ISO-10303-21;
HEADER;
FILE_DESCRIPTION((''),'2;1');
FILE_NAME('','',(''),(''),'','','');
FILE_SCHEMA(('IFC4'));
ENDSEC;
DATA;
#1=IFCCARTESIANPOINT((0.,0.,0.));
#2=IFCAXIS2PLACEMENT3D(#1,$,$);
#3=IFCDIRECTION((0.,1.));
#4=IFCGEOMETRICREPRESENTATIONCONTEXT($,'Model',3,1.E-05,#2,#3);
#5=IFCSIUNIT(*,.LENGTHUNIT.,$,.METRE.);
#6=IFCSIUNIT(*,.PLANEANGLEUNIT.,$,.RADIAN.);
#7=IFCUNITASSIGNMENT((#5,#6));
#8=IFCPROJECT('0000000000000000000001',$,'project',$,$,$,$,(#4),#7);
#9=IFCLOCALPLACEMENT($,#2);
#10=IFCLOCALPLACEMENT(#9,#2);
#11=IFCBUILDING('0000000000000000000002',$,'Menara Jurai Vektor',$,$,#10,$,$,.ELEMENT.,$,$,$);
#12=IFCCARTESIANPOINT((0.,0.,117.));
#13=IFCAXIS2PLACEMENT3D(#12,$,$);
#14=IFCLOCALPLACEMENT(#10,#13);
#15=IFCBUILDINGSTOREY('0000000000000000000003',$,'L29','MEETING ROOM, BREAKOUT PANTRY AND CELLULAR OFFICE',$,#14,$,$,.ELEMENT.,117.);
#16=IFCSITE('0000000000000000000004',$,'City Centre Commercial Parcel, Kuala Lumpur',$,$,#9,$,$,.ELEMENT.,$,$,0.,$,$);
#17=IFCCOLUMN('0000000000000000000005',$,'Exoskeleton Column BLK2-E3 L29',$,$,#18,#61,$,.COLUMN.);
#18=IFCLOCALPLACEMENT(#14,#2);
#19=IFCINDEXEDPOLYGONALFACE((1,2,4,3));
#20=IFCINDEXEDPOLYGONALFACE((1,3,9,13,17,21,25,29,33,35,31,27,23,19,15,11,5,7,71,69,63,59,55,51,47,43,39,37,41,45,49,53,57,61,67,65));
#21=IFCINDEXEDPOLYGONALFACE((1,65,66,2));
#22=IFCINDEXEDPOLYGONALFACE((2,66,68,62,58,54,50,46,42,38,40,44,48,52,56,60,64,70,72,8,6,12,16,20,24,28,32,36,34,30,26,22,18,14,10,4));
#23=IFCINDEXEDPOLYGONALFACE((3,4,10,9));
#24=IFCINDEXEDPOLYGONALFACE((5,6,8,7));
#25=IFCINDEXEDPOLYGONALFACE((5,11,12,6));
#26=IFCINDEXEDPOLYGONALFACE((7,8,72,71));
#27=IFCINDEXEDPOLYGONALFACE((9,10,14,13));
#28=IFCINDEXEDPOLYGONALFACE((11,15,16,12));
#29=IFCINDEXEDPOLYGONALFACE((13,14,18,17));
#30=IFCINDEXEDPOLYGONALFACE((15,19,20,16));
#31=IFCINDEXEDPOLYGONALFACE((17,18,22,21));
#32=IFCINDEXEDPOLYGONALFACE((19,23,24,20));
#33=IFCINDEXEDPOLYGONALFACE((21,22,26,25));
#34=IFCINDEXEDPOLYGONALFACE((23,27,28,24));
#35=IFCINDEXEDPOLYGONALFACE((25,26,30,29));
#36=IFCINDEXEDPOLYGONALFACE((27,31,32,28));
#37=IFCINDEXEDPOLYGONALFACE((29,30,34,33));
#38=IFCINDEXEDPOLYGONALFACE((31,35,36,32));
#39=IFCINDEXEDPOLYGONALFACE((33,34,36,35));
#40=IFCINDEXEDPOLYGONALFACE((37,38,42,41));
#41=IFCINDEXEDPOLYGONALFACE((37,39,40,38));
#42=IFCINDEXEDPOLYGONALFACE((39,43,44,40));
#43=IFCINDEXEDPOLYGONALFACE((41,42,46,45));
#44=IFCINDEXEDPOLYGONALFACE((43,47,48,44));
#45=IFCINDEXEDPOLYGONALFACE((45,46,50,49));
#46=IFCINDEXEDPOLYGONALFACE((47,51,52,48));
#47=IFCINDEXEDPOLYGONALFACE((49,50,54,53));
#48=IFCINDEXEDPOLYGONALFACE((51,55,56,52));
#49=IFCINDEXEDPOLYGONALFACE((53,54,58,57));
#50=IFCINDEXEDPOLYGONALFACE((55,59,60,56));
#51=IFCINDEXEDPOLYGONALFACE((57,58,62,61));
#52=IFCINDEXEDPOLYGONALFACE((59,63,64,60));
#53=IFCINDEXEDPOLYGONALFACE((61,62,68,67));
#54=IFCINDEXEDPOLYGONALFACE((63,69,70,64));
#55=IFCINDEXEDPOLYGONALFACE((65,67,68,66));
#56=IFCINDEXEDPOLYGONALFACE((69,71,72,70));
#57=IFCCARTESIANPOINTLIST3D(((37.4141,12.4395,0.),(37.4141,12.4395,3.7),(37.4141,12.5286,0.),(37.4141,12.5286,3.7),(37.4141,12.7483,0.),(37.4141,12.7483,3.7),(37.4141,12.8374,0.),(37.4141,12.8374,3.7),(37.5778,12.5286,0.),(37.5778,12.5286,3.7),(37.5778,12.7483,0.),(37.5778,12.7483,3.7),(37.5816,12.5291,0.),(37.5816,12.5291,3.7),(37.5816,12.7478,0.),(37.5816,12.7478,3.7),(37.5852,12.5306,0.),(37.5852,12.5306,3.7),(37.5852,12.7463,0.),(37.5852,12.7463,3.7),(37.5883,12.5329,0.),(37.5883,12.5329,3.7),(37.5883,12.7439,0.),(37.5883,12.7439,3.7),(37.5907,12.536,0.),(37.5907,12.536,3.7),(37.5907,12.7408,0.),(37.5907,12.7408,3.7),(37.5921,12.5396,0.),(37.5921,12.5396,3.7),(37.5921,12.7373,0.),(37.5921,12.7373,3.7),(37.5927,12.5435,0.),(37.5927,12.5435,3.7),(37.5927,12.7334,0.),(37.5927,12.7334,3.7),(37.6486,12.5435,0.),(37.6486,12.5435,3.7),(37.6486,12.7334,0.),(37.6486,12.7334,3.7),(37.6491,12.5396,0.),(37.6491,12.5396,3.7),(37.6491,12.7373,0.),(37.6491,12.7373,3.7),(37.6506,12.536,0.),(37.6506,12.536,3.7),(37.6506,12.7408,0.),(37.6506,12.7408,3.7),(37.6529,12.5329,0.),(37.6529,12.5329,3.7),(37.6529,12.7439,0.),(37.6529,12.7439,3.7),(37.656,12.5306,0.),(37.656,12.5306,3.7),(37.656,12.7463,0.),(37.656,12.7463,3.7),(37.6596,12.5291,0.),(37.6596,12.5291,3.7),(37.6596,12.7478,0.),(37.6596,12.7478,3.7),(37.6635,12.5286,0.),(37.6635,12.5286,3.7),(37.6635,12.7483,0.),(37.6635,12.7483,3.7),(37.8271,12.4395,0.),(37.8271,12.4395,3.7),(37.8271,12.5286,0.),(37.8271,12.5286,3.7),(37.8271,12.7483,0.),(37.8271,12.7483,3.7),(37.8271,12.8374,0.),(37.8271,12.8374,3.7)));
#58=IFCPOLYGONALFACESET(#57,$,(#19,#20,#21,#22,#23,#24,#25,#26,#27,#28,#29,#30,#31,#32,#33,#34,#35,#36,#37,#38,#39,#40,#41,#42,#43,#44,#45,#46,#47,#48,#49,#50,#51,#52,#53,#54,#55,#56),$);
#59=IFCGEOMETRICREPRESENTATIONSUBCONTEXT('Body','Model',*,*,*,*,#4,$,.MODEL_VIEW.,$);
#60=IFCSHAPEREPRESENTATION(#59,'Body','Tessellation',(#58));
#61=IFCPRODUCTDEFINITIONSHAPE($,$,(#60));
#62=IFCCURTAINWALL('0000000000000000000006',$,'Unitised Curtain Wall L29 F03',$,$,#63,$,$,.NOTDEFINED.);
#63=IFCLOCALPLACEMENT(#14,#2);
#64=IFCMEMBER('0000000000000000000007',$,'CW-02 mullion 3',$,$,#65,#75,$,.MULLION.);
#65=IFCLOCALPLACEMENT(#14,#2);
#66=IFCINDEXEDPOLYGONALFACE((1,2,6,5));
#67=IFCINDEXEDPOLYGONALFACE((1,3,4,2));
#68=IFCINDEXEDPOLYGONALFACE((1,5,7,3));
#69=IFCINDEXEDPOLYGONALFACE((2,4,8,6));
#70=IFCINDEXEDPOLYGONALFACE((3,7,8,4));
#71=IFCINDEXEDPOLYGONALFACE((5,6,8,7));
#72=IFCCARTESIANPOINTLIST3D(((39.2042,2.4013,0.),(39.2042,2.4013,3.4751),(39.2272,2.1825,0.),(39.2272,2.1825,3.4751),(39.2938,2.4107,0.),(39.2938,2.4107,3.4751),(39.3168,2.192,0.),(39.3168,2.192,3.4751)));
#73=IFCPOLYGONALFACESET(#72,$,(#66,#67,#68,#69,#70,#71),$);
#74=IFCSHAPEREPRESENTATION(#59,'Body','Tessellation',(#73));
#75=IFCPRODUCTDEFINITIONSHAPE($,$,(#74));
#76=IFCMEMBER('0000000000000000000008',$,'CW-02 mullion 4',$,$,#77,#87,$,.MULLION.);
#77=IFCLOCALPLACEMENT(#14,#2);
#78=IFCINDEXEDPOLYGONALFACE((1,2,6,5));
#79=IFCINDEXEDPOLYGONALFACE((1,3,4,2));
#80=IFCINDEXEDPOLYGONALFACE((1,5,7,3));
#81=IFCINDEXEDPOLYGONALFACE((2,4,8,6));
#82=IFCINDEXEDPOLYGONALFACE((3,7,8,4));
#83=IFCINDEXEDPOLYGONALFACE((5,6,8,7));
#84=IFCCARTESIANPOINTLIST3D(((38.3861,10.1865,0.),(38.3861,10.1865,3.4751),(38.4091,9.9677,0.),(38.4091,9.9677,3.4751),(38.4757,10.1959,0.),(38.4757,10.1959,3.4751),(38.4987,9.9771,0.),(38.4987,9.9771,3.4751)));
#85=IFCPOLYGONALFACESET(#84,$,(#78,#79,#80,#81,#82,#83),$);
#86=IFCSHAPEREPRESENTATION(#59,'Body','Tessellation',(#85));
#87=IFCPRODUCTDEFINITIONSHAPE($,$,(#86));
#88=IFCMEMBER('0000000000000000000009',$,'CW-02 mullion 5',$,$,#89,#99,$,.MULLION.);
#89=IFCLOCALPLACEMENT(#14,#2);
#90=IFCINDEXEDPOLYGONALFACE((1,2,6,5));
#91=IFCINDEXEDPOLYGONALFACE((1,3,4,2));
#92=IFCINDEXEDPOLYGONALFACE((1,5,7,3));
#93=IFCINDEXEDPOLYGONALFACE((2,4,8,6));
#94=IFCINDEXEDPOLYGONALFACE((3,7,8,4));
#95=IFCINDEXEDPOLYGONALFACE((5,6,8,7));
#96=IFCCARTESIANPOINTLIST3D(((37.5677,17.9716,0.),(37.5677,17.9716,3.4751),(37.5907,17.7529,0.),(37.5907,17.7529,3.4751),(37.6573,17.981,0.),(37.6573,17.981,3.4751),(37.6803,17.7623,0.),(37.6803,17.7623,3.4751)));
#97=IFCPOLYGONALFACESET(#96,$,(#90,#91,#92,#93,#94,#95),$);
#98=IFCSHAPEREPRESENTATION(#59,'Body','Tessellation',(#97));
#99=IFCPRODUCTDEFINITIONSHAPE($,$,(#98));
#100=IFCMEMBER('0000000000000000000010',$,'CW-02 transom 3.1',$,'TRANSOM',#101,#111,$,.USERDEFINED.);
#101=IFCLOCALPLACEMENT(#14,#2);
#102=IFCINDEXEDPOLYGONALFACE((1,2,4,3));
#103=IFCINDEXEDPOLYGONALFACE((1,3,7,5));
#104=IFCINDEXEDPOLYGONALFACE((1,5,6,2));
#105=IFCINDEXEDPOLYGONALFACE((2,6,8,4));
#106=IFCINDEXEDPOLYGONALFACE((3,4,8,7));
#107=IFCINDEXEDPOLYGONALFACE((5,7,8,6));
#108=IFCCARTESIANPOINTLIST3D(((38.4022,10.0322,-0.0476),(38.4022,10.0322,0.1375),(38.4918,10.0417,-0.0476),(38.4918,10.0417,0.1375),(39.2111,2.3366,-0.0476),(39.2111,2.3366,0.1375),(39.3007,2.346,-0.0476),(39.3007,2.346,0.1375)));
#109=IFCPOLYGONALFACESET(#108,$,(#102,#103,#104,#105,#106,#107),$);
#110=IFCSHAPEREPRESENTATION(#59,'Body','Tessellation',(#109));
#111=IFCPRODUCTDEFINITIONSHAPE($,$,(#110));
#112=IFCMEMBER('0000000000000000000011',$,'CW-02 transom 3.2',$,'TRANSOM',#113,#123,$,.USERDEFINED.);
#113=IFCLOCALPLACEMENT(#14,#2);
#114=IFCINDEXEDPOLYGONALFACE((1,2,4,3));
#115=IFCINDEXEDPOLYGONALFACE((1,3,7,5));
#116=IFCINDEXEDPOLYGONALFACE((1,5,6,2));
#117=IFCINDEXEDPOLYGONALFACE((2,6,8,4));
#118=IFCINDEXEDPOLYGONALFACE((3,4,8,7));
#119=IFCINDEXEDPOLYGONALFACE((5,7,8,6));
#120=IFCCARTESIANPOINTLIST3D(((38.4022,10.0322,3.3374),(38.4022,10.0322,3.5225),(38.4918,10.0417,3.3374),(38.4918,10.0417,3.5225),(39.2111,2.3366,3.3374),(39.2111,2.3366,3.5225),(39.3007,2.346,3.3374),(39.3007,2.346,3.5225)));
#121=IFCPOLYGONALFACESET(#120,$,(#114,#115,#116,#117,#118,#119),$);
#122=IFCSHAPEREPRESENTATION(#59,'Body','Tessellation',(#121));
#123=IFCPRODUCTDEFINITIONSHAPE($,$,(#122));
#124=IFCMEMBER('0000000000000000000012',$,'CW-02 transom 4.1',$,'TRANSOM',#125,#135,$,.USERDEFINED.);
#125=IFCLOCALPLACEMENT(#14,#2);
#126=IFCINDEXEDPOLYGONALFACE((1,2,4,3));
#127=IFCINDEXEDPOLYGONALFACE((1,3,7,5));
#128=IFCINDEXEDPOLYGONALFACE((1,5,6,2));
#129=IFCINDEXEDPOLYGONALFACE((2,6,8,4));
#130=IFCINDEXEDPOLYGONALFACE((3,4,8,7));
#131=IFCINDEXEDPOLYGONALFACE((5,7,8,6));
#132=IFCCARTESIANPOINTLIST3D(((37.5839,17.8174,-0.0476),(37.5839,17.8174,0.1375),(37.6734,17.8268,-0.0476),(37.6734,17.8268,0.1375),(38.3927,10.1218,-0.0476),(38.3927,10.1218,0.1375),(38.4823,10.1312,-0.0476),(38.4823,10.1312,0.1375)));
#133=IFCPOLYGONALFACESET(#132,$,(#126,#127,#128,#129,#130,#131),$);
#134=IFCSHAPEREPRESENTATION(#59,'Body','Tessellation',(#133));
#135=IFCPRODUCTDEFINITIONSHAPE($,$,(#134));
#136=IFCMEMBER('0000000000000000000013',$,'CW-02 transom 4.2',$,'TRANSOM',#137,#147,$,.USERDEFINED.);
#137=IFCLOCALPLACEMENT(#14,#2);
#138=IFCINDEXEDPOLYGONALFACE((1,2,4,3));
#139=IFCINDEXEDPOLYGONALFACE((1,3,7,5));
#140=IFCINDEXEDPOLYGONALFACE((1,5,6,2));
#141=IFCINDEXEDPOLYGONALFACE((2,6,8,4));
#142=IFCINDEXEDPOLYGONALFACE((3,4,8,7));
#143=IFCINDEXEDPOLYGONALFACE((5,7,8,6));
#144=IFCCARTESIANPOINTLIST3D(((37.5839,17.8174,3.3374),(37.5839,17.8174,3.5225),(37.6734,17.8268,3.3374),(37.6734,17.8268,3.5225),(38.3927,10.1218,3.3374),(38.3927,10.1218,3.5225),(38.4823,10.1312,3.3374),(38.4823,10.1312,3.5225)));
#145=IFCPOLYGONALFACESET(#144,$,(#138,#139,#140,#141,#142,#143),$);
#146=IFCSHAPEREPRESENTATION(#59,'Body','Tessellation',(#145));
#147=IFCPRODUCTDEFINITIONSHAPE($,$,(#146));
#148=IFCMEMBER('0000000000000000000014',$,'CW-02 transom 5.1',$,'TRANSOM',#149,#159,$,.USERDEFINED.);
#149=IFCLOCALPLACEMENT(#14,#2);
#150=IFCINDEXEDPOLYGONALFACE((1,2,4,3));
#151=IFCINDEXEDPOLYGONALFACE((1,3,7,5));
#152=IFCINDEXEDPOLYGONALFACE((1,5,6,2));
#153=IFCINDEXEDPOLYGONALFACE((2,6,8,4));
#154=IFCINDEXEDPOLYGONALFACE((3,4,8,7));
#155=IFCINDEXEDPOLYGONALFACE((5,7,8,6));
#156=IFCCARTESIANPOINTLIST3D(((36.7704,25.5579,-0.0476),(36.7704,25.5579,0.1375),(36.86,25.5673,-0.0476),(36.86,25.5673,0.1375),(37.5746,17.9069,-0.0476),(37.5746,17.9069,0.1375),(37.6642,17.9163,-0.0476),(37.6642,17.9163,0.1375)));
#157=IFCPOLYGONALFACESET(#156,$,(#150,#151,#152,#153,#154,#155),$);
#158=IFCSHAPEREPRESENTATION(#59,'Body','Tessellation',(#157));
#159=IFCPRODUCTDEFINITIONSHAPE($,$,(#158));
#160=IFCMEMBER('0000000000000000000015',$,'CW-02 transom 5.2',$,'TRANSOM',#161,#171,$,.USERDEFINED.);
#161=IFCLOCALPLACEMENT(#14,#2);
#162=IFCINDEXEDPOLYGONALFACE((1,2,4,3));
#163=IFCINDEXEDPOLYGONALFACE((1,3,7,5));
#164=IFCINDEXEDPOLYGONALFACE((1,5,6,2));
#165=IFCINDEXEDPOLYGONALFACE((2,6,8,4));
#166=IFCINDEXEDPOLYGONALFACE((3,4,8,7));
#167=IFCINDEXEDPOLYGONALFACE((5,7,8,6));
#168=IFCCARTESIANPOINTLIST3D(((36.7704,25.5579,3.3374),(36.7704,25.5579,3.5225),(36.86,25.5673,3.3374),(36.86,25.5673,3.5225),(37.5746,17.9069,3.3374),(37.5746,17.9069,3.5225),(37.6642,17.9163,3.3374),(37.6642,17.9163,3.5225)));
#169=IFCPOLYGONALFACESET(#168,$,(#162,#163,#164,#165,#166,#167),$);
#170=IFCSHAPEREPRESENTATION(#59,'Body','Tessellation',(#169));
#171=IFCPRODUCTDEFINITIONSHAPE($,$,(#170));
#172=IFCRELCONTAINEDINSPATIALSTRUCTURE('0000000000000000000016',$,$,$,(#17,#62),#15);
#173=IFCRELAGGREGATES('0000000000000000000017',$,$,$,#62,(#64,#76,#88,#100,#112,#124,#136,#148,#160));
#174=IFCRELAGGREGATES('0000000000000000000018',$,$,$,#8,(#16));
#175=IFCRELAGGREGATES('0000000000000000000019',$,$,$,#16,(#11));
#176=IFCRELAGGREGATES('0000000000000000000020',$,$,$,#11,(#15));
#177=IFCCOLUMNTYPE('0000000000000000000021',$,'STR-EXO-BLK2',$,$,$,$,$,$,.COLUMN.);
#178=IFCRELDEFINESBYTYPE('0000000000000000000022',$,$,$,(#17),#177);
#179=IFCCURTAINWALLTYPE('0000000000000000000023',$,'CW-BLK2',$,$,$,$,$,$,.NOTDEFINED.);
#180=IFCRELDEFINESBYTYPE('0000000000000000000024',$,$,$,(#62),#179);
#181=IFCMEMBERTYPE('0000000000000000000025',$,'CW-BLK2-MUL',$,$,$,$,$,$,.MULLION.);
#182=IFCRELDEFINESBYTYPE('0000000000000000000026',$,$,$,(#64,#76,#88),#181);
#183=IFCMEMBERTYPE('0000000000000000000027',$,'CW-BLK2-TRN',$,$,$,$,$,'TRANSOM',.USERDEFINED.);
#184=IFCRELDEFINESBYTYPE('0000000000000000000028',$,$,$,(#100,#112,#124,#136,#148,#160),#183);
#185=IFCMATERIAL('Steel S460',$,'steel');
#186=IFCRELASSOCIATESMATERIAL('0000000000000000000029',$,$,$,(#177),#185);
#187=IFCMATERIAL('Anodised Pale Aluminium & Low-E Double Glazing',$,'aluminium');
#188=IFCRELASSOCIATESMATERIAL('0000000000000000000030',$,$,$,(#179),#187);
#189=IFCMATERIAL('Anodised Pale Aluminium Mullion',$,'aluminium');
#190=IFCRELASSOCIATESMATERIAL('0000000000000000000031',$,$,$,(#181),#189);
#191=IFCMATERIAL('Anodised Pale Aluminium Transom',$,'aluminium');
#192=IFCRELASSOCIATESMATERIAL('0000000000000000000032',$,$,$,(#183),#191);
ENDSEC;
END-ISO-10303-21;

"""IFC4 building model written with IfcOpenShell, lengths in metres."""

from ifc_helpers import new_model, si_unit, direction, frame, origin, origin_2d, place, context, subcontext, project, spatial, rectangle, i_section, extrude, material, material_profile, profile_set, type_object, element, aggregate, save


model = new_model("IFC4")

# Units and contexts
model_context = context("Model", 3, precision=1e-05, world=origin(), true_north=direction((0.0, 1.0)))
body_context = subcontext(model_context, "Body", "Model", "MODEL_VIEW")
ifc_project = project(units=[si_unit("LENGTHUNIT", "METRE"), si_unit("PLANEANGLEUNIT", "RADIAN")], contexts=[model_context])

# Site, building, storey
site_placement = place(None, origin())
site = spatial("IfcSite", under=ifc_project, at=site_placement, Name="City Centre Commercial Parcel, Kuala Lumpur", CompositionType="ELEMENT", RefElevation=0.0)
building_placement = place(site_placement, origin())
building = spatial("IfcBuilding", under=site, at=building_placement, Name="Menara Jurai Vektor", CompositionType="ELEMENT")
storey_placement = place(building_placement, frame((0.0, 0.0, 117.0)))
storey = spatial("IfcBuildingStorey", under=building, at=storey_placement, Name="L29", Description="MEETING ROOM, BREAKOUT PANTRY AND CELLULAR OFFICE", CompositionType="ELEMENT", Elevation=117.0)

# Column
ifc_material_1 = material(Name="Steel S460", Category="steel")
ifc_material_profile_1 = material_profile(ifc_material_1, i_section(OverallWidth=0.4131, OverallDepth=0.3979, WebThickness=0.0559, FlangeThickness=0.0891, FilletRadius=0.0149, at=origin_2d()), Name="HD 400x744")
ifc_profile_set_1 = profile_set([ifc_material_profile_1], Name="Steel S460")
column_type = type_object("IfcColumnType", Name="STR-EXO-BLK2", PredefinedType="COLUMN", material=ifc_profile_set_1)
column_placement = place(storey_placement, frame((37.6206, 12.6384, 0.0), z_axis=(0.0, 0.0, 1.0), x_axis=(1.0, 0.0, 0.0)))
element("IfcColumn", 1, at=column_placement, inside=storey, type_object=column_type, Name="Exoskeleton Column BLK2-E3 L29", PredefinedType="COLUMN", context=body_context, shape_type="SweptSolid", body=[
    extrude(i_section(OverallWidth=0.4131, OverallDepth=0.3979, WebThickness=0.0559, FlangeThickness=0.0891, FilletRadius=0.0149, at=origin_2d()), origin(), (0.0, 0.0, 1.0), 3.7),
])

# Curtain wall, members
ifc_material_2 = material(Name="Anodised Pale Aluminium & Low-E Double Glazing", Category="aluminium")
curtain_wall_type = type_object("IfcCurtainWallType", Name="CW-BLK2", PredefinedType="NOTDEFINED", material=ifc_material_2)
curtain_wall_placement = place(storey_placement, origin())
curtain_wall = element("IfcCurtainWall", 2, at=curtain_wall_placement, inside=storey, type_object=curtain_wall_type, Name="Unitised Curtain Wall L29 F03", PredefinedType="NOTDEFINED")
ifc_material_3 = material(Name="Anodised Pale Aluminium Mullion", Category="aluminium")
ifc_material_profile_2 = material_profile(ifc_material_3, rectangle(XDim=0.0901, YDim=0.22, at=origin_2d()), Name="ALU MUL 90x220")
ifc_profile_set_2 = profile_set([ifc_material_profile_2], Name="Anodised Pale Aluminium Mullion")
member_type_1 = type_object("IfcMemberType", Name="CW-BLK2-MUL", PredefinedType="MULLION", material=ifc_profile_set_2)
member_1_placement = place(storey_placement, frame((39.2605, 2.2966, 0.0), z_axis=(0.0, 0.0, 1.0), x_axis=(-0.994522, -0.10453, 0.0)))
member_1 = element("IfcMember", 3, at=member_1_placement, type_object=member_type_1, Name="CW-02 mullion 3", PredefinedType="MULLION", context=body_context, shape_type="SweptSolid", body=[
    extrude(rectangle(XDim=0.0901, YDim=0.22, at=origin_2d()), origin(), (0.0, 0.0, 1.0), 3.4751),
])
member_2_placement = place(storey_placement, frame((38.4424, 10.0818, 0.0), z_axis=(0.0, 0.0, 1.0), x_axis=(-0.994522, -0.10453, 0.0)))
member_2 = element("IfcMember", 4, at=member_2_placement, type_object=member_type_1, Name="CW-02 mullion 4", PredefinedType="MULLION", context=body_context, shape_type="SweptSolid", body=[
    extrude(rectangle(XDim=0.0901, YDim=0.22, at=origin_2d()), origin(), (0.0, 0.0, 1.0), 3.4751),
])
member_3_placement = place(storey_placement, frame((37.624, 17.8669, 0.0), z_axis=(0.0, 0.0, 1.0), x_axis=(-0.994522, -0.10453, 0.0)))
member_3 = element("IfcMember", 5, at=member_3_placement, type_object=member_type_1, Name="CW-02 mullion 5", PredefinedType="MULLION", context=body_context, shape_type="SweptSolid", body=[
    extrude(rectangle(XDim=0.0901, YDim=0.22, at=origin_2d()), origin(), (0.0, 0.0, 1.0), 3.4751),
])
ifc_material_4 = material(Name="Anodised Pale Aluminium Transom", Category="aluminium")
ifc_material_profile_3 = material_profile(ifc_material_4, rectangle(XDim=0.0901, YDim=0.1851, at=origin_2d()), Name="ALU TRN 90x185")
ifc_profile_set_3 = profile_set([ifc_material_profile_3], Name="Anodised Pale Aluminium Transom")
member_type_2 = type_object("IfcMemberType", Name="CW-BLK2-TRN", ElementType="TRANSOM", PredefinedType="USERDEFINED", material=ifc_profile_set_3)
member_4_placement = place(storey_placement, frame((39.2559, 2.3413, 0.0449), z_axis=(-0.104529, 0.994522, 0.0), x_axis=(-0.994522, -0.104529, 0.0)))
member_4 = element("IfcMember", 6, at=member_4_placement, type_object=member_type_2, Name="CW-02 transom 3.1", ObjectType="TRANSOM", PredefinedType="USERDEFINED", context=body_context, shape_type="SweptSolid", body=[
    extrude(rectangle(XDim=0.0901, YDim=0.1851, at=origin_2d()), origin(), (0.0, 0.0, 1.0), 7.738),
])
member_5_placement = place(storey_placement, frame((39.2559, 2.3413, 3.4299), z_axis=(-0.104529, 0.994522, 0.0), x_axis=(-0.994522, -0.104529, 0.0)))
member_5 = element("IfcMember", 7, at=member_5_placement, type_object=member_type_2, Name="CW-02 transom 3.2", ObjectType="TRANSOM", PredefinedType="USERDEFINED", context=body_context, shape_type="SweptSolid", body=[
    extrude(rectangle(XDim=0.0901, YDim=0.1851, at=origin_2d()), origin(), (0.0, 0.0, 1.0), 7.738),
])
member_6_placement = place(storey_placement, frame((38.4375, 10.1265, 0.0449), z_axis=(-0.104529, 0.994522, 0.0), x_axis=(-0.994522, -0.104529, 0.0)))
member_6 = element("IfcMember", 8, at=member_6_placement, type_object=member_type_2, Name="CW-02 transom 4.1", ObjectType="TRANSOM", PredefinedType="USERDEFINED", context=body_context, shape_type="SweptSolid", body=[
    extrude(rectangle(XDim=0.0901, YDim=0.1851, at=origin_2d()), origin(), (0.0, 0.0, 1.0), 7.738),
])
member_7_placement = place(storey_placement, frame((38.4375, 10.1265, 3.4299), z_axis=(-0.104529, 0.994522, 0.0), x_axis=(-0.994522, -0.104529, 0.0)))
member_7 = element("IfcMember", 9, at=member_7_placement, type_object=member_type_2, Name="CW-02 transom 4.2", ObjectType="TRANSOM", PredefinedType="USERDEFINED", context=body_context, shape_type="SweptSolid", body=[
    extrude(rectangle(XDim=0.0901, YDim=0.1851, at=origin_2d()), origin(), (0.0, 0.0, 1.0), 7.738),
])
member_8_placement = place(storey_placement, frame((37.6194, 17.9116, 0.0449), z_axis=(-0.104536, 0.994521, 0.0), x_axis=(-0.994521, -0.104536, 0.0)))
member_8 = element("IfcMember", 10, at=member_8_placement, type_object=member_type_2, Name="CW-02 transom 5.1", ObjectType="TRANSOM", PredefinedType="USERDEFINED", context=body_context, shape_type="SweptSolid", body=[
    extrude(rectangle(XDim=0.0901, YDim=0.1851, at=origin_2d()), origin(), (0.0, 0.0, 1.0), 7.6931),
])
member_9_placement = place(storey_placement, frame((37.6194, 17.9116, 3.4299), z_axis=(-0.104536, 0.994521, 0.0), x_axis=(-0.994521, -0.104536, 0.0)))
member_9 = element("IfcMember", 11, at=member_9_placement, type_object=member_type_2, Name="CW-02 transom 5.2", ObjectType="TRANSOM", PredefinedType="USERDEFINED", context=body_context, shape_type="SweptSolid", body=[
    extrude(rectangle(XDim=0.0901, YDim=0.1851, at=origin_2d()), origin(), (0.0, 0.0, 1.0), 7.6931),
])

aggregate(curtain_wall, [member_1, member_2, member_3, member_4, member_5, member_6, member_7, member_8, member_9])

save(model, "model.ifc")
